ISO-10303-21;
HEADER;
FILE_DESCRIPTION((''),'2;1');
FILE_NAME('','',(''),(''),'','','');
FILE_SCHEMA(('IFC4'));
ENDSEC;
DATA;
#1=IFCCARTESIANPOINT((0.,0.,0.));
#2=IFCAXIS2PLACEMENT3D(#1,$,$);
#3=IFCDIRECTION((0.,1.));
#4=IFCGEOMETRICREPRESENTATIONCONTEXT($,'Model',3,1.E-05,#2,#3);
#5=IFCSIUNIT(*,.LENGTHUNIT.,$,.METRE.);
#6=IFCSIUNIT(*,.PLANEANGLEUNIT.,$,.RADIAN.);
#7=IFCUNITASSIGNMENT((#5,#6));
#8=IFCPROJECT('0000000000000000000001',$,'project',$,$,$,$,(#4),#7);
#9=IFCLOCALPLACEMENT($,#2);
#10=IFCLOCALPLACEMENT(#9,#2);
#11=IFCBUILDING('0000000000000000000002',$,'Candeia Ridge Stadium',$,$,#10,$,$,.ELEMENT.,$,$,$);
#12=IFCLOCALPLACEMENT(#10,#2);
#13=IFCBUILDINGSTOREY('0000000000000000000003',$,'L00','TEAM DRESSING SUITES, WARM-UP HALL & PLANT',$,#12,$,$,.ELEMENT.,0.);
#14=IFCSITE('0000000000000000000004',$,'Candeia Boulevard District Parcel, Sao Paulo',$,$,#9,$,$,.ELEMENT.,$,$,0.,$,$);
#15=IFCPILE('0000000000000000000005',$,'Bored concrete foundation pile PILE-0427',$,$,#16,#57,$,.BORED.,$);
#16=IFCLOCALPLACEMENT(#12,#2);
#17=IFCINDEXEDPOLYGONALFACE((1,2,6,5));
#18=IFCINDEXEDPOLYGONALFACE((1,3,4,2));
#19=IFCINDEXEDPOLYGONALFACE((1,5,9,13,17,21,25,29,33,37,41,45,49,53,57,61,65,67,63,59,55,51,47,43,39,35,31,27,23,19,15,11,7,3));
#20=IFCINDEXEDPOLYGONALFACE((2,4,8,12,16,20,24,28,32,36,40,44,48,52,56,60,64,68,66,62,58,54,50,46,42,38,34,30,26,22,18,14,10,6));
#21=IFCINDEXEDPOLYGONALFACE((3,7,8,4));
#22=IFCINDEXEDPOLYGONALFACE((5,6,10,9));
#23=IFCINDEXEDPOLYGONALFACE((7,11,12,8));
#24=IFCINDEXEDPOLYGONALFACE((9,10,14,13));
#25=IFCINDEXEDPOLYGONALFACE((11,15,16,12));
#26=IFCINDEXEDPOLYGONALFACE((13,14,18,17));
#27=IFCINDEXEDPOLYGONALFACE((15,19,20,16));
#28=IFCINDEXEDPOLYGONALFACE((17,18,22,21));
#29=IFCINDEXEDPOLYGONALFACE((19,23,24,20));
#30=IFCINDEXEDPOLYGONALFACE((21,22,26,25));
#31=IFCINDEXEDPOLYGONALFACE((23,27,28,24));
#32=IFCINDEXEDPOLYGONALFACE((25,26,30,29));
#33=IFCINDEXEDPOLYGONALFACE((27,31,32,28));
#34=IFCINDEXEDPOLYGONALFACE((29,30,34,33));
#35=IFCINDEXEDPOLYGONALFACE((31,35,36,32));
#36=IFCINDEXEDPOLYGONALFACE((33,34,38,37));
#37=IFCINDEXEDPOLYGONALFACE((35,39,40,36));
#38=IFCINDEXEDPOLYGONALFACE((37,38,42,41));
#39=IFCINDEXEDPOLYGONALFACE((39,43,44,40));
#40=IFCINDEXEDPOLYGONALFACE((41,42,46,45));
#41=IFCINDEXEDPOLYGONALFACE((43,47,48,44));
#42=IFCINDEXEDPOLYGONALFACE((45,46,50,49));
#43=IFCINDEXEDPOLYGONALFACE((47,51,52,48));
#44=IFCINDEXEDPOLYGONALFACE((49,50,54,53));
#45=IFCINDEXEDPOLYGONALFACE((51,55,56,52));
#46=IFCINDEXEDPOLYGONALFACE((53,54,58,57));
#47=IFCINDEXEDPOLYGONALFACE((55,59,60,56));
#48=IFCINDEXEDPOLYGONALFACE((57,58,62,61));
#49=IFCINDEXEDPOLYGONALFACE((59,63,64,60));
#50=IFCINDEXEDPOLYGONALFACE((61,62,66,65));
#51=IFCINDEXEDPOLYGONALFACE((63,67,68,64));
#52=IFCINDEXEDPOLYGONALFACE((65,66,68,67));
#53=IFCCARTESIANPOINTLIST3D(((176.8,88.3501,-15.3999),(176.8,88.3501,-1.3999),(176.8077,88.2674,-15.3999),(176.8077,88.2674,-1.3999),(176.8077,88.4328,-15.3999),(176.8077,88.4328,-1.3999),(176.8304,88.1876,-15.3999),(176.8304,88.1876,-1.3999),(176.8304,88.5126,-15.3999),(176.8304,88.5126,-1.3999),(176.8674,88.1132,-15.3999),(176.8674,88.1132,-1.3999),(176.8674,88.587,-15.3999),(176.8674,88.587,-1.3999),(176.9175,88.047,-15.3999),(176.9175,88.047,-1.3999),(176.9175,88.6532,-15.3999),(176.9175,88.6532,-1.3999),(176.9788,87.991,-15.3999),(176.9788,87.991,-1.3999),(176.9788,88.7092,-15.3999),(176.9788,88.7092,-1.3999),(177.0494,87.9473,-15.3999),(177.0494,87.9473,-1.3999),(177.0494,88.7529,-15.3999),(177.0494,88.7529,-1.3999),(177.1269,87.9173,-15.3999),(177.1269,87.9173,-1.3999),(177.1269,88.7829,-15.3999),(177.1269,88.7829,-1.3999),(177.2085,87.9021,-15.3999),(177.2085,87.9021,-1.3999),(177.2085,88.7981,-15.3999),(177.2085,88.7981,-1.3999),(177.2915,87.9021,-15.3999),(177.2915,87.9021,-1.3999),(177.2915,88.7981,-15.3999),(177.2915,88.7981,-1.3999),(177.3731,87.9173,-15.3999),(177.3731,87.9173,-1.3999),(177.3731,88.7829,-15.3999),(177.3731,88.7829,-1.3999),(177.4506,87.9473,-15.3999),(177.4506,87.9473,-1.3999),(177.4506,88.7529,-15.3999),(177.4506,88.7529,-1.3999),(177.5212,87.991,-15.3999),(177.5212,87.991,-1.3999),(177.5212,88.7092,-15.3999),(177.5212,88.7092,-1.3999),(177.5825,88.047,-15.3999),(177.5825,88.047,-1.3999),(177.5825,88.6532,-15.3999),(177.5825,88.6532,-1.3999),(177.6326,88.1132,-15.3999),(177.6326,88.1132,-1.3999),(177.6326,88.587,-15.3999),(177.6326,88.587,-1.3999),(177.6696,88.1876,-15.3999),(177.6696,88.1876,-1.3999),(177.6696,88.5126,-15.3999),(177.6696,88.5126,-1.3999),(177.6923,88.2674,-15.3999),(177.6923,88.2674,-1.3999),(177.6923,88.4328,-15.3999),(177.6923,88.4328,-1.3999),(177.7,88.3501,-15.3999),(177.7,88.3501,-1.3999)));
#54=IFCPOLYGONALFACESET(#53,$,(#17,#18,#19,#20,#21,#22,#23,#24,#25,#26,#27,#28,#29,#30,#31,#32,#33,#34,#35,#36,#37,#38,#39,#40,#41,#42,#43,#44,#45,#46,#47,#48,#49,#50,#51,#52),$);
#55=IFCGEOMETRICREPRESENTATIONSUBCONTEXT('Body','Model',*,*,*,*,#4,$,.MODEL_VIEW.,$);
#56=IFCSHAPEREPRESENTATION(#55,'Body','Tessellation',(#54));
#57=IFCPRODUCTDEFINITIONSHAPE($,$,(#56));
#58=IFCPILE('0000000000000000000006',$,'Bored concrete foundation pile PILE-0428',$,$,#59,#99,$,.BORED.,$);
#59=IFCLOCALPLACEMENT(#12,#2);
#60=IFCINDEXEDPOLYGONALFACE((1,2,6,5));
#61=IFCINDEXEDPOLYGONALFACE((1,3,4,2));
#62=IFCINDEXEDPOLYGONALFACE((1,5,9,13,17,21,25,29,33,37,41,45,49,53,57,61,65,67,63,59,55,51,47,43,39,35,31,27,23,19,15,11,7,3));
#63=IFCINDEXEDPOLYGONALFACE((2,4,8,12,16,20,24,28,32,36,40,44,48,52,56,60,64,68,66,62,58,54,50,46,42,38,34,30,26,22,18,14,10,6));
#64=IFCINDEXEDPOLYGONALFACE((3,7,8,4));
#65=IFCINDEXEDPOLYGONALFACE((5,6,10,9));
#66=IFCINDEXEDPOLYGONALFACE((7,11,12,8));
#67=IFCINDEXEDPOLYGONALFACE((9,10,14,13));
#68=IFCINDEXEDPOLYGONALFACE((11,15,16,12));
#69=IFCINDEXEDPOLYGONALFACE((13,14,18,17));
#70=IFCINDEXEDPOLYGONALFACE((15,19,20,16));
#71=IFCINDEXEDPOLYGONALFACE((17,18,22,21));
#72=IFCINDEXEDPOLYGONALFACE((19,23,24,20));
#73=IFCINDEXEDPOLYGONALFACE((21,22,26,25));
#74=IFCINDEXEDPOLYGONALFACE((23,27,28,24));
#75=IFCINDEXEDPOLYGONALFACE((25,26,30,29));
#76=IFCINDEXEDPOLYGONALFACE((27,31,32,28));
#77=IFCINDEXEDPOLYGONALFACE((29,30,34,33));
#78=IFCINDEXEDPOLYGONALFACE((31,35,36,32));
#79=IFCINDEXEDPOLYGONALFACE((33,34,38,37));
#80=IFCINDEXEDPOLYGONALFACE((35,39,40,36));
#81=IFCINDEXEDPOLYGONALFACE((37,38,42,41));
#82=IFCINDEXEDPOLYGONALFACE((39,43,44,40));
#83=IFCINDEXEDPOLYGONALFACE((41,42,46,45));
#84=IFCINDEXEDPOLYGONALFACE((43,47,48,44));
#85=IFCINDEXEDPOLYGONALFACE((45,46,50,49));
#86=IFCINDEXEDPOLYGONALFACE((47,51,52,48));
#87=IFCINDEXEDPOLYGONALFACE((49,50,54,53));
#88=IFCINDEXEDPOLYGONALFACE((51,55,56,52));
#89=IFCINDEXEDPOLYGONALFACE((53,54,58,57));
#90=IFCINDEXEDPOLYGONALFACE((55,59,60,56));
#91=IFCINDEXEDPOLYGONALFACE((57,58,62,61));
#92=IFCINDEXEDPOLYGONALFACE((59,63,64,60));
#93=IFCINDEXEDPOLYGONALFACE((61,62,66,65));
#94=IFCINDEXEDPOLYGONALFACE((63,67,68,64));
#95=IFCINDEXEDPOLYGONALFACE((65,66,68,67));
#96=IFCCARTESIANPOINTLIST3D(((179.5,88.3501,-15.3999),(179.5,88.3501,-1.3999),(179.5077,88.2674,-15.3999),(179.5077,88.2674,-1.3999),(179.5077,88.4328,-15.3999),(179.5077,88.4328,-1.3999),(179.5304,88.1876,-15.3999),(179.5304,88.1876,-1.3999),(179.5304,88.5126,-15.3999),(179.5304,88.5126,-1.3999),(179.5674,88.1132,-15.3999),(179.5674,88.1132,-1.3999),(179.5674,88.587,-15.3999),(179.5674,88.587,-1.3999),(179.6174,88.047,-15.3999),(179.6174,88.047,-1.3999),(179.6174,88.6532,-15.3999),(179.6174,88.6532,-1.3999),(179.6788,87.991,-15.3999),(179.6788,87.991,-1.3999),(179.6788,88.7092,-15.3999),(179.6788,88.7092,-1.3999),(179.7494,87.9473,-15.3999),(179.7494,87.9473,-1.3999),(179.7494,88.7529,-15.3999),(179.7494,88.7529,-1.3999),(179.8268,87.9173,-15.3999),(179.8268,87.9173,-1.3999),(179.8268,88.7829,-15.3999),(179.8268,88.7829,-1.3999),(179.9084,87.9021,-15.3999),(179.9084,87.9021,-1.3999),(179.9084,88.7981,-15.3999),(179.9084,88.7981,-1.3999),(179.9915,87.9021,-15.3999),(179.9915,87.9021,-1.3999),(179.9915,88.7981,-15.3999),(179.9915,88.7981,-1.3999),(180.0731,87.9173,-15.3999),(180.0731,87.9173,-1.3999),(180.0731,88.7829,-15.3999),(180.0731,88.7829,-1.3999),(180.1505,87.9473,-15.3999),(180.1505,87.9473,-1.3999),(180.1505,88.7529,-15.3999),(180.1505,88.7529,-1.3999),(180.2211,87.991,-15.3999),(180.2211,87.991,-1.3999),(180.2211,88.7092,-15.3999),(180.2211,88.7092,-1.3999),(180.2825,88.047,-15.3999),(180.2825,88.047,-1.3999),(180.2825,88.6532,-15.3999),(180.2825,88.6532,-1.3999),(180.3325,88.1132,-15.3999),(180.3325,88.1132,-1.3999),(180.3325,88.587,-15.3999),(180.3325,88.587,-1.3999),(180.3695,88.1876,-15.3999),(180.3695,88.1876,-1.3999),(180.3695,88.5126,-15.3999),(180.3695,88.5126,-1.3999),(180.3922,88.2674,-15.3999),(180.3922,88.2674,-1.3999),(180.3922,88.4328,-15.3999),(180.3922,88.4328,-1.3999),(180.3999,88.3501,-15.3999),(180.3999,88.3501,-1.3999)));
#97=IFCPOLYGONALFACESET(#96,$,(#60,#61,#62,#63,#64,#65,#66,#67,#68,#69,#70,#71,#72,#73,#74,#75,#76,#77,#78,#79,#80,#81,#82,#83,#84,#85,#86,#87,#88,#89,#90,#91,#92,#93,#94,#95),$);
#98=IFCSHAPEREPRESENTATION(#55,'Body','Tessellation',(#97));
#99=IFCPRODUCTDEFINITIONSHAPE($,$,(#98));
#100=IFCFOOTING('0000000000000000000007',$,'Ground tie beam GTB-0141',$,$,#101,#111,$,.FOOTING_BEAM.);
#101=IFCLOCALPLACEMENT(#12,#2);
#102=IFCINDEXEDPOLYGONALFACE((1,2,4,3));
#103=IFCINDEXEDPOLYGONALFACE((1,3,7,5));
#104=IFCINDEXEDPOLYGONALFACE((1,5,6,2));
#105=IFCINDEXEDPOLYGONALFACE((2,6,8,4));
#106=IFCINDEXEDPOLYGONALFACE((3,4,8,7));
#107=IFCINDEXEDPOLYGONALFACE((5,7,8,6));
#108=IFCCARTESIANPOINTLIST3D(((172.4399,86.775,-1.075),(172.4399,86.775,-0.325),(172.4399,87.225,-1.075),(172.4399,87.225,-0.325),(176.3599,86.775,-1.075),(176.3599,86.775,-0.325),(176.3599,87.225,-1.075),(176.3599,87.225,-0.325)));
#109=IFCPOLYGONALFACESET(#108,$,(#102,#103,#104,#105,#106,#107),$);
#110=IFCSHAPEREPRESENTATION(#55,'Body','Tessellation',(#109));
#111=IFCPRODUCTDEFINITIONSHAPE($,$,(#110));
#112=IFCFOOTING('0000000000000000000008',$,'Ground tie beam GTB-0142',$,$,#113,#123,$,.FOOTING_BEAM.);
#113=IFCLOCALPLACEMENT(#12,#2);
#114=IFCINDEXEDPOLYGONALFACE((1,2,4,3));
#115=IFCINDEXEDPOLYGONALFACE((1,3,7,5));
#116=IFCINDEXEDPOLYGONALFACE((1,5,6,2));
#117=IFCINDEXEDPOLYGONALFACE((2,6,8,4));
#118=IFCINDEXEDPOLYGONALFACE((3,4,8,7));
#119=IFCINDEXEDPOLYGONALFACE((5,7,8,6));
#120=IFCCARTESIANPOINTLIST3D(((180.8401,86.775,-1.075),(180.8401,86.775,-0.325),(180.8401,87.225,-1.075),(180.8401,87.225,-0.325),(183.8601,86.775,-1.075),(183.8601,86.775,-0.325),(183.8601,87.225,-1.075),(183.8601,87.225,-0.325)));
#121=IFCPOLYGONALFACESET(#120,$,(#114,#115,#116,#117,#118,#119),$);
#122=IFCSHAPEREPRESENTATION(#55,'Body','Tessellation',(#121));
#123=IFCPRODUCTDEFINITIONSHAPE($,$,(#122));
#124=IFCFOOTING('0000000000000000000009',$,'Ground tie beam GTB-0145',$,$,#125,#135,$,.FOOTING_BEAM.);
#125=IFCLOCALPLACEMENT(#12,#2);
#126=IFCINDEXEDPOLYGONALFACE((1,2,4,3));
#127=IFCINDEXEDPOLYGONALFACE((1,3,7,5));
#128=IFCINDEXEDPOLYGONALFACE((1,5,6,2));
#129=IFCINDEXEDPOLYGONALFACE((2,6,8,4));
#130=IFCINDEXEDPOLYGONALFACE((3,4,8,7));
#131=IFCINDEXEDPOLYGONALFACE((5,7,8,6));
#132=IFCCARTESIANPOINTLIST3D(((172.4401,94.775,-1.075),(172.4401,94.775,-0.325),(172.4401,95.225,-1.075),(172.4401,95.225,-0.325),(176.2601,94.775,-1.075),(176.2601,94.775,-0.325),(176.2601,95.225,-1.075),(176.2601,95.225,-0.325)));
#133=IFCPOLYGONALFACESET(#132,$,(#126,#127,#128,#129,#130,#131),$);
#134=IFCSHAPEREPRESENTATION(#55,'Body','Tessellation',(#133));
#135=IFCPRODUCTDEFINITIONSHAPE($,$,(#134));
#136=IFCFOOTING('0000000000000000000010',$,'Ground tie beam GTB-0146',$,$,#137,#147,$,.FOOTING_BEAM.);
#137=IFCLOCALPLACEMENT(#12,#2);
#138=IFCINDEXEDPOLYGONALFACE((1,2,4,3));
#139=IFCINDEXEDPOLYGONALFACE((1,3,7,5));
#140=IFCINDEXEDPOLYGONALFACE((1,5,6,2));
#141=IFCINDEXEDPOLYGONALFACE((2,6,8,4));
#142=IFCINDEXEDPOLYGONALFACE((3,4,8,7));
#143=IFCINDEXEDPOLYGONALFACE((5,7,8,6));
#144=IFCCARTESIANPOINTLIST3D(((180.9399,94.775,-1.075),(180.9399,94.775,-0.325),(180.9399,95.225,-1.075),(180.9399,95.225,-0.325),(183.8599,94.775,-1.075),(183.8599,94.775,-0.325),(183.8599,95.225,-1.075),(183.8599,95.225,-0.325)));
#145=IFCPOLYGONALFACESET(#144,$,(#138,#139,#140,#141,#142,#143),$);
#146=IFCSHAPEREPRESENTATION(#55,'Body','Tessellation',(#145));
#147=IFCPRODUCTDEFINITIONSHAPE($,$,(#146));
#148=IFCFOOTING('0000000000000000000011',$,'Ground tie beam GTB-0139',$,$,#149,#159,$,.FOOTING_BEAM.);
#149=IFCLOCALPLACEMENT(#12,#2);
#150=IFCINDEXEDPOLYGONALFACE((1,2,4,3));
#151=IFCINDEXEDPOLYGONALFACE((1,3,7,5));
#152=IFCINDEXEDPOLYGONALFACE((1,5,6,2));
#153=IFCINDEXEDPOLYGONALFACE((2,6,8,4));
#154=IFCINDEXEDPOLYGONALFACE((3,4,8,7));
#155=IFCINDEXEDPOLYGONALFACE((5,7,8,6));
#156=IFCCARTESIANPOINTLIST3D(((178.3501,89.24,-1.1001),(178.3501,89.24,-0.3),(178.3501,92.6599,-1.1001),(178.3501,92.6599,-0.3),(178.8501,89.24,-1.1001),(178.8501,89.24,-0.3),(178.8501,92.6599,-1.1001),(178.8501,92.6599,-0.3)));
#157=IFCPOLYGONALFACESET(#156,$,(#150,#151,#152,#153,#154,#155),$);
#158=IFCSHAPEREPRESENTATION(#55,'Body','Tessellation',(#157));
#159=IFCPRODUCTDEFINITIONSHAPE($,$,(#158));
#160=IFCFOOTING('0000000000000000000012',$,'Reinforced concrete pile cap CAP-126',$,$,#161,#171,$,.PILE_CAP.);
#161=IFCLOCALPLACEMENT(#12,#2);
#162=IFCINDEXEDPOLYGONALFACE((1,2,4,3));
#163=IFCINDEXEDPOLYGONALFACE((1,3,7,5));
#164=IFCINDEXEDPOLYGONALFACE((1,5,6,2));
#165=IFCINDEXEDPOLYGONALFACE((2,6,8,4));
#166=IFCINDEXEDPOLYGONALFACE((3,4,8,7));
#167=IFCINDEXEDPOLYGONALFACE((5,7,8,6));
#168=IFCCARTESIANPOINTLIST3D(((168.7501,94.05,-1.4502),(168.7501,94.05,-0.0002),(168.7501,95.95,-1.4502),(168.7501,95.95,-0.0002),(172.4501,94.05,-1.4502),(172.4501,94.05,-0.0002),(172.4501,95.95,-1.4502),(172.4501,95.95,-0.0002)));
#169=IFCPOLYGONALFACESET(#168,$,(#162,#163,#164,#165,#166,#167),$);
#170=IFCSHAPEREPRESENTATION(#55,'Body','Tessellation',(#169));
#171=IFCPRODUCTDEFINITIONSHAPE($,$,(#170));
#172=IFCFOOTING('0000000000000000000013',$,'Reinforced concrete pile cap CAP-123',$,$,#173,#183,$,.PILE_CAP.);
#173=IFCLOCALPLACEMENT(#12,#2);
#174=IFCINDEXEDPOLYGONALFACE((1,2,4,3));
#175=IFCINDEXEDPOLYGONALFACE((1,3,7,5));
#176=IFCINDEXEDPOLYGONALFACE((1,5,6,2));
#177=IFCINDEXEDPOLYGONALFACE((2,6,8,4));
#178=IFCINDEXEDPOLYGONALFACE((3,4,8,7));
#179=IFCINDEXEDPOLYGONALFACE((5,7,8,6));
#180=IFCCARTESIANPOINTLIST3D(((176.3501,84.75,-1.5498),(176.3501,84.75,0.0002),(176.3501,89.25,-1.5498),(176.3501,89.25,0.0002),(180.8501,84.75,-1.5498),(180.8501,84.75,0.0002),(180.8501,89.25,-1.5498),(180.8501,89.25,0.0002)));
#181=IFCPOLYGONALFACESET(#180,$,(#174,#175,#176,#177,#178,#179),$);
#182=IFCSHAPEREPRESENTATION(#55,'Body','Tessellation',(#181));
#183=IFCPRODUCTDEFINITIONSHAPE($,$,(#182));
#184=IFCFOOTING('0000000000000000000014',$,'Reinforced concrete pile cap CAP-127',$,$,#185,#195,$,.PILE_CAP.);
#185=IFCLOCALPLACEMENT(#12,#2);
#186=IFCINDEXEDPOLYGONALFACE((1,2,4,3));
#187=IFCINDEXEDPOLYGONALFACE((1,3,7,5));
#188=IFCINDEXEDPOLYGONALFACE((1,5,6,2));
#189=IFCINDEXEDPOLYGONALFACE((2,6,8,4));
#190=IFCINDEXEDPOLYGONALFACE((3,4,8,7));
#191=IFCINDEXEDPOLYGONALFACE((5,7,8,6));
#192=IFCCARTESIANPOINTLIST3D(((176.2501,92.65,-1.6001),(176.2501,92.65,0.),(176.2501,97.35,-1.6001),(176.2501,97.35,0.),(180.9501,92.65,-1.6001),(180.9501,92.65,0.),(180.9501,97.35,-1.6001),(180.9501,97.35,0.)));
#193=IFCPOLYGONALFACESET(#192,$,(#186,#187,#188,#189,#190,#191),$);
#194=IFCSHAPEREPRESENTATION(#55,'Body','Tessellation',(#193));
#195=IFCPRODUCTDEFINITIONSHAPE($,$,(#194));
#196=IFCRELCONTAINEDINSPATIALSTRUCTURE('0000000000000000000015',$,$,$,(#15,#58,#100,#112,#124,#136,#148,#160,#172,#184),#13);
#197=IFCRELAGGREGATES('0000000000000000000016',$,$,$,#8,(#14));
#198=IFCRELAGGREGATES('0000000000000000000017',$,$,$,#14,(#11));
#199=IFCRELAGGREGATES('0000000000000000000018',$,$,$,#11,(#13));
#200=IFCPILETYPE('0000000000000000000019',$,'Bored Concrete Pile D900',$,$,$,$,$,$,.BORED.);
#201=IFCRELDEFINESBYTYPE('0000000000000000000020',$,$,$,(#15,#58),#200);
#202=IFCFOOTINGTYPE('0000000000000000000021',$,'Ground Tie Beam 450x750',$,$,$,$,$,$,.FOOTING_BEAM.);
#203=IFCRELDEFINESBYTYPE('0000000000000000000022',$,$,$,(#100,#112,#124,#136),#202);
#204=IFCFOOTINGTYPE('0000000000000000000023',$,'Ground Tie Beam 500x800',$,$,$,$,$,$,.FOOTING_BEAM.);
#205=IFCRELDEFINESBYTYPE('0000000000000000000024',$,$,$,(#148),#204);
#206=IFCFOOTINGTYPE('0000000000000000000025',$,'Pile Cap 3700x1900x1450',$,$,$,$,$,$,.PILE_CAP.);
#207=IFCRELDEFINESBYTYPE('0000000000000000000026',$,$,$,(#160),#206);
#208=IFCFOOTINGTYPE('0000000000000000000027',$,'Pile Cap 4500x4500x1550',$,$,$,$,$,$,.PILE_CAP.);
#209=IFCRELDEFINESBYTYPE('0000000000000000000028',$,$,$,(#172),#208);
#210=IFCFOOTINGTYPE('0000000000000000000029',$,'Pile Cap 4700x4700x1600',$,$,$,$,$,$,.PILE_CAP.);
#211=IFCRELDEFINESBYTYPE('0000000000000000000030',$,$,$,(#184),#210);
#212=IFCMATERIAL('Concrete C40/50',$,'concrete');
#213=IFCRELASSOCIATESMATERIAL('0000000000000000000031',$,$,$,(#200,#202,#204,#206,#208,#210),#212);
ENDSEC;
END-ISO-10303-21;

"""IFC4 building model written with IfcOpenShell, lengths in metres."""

from ifc_helpers import new_model, si_unit, direction, frame, origin, origin_2d, place, context, subcontext, project, spatial, rectangle, circle, extrude, material, material_profile, profile_set, type_object, element, save


model = new_model("IFC4")

# Units and contexts
model_context = context("Model", 3, precision=1e-05, world=origin(), true_north=direction((0.0, 1.0)))
body_context = subcontext(model_context, "Body", "Model", "MODEL_VIEW")
ifc_project = project(units=[si_unit("LENGTHUNIT", "METRE"), si_unit("PLANEANGLEUNIT", "RADIAN")], contexts=[model_context])

# Site, building, storey
site_placement = place(None, origin())
site = spatial("IfcSite", under=ifc_project, at=site_placement, Name="Candeia Boulevard District Parcel, Sao Paulo", CompositionType="ELEMENT", RefElevation=0.0)
building_placement = place(site_placement, origin())
building = spatial("IfcBuilding", under=site, at=building_placement, Name="Candeia Ridge Stadium", CompositionType="ELEMENT")
storey_placement = place(building_placement, origin())
storey = spatial("IfcBuildingStorey", under=building, at=storey_placement, Name="L00", Description="TEAM DRESSING SUITES, WARM-UP HALL & PLANT", CompositionType="ELEMENT", Elevation=0.0)

# Piles
ifc_material_1 = material(Name="Concrete C40/50", Category="concrete")
ifc_material_profile_1 = material_profile(ifc_material_1, circle(Radius=0.45, at=origin_2d()), Name="PILE-D900", Category="concrete")
ifc_profile_set_1 = profile_set([ifc_material_profile_1], Name="Concrete C40/50")
pile_type_1 = type_object("IfcPileType", Name="Bored Concrete Pile D900", PredefinedType="BORED", material=ifc_profile_set_1)
for number, where, z_axis, x_axis, name in (
    (1, (177.25, 88.3501, -1.3999), (0.0, 0.0, -1.0), (1.0, 0.0, 0.0), "Bored concrete foundation pile PILE-0427"),
    (2, (179.95, 88.3501, -1.3999), (0.0, 0.0, -1.0), (1.0, 0.0, 0.0), "Bored concrete foundation pile PILE-0428"),
):
    element("IfcPile", number, at=place(storey_placement, frame(where, z_axis=z_axis, x_axis=x_axis)), inside=storey, type_object=pile_type_1, Name=name, PredefinedType="BORED", context=body_context, shape_type="SweptSolid", body=[
        extrude(circle(Radius=0.45, at=origin_2d()), origin(), (0.0, 0.0, 1.0), 14.0),
    ])

# Footings
footing_type_1 = type_object("IfcFootingType", Name="Ground Tie Beam 450x750", PredefinedType="FOOTING_BEAM", material=ifc_material_1)
footing_1_placement = place(storey_placement, frame((174.3999, 87.0, -1.075), z_axis=(0.0, 0.0, 1.0), x_axis=(1.0, 0.0, 0.0)))
element("IfcFooting", 3, at=footing_1_placement, inside=storey, type_object=footing_type_1, Name="Ground tie beam GTB-0141", PredefinedType="FOOTING_BEAM", context=body_context, shape_type="SweptSolid", body=[
    extrude(rectangle(XDim=3.9199, YDim=0.45, at=origin_2d()), origin(), (0.0, 0.0, 1.0), 0.75),
])
footing_2_placement = place(storey_placement, frame((182.3501, 87.0, -1.075), z_axis=(0.0, 0.0, 1.0), x_axis=(1.0, 0.0, 0.0)))
element("IfcFooting", 4, at=footing_2_placement, inside=storey, type_object=footing_type_1, Name="Ground tie beam GTB-0142", PredefinedType="FOOTING_BEAM", context=body_context, shape_type="SweptSolid", body=[
    extrude(rectangle(XDim=3.02, YDim=0.45, at=origin_2d()), origin(), (0.0, 0.0, 1.0), 0.75),
])
footing_3_placement = place(storey_placement, frame((174.3501, 95.0, -1.075), z_axis=(0.0, 0.0, 1.0), x_axis=(1.0, 0.0, 0.0)))
element("IfcFooting", 5, at=footing_3_placement, inside=storey, type_object=footing_type_1, Name="Ground tie beam GTB-0145", PredefinedType="FOOTING_BEAM", context=body_context, shape_type="SweptSolid", body=[
    extrude(rectangle(XDim=3.8201, YDim=0.45, at=origin_2d()), origin(), (0.0, 0.0, 1.0), 0.75),
])
footing_4_placement = place(storey_placement, frame((182.3999, 95.0, -1.075), z_axis=(0.0, 0.0, 1.0), x_axis=(1.0, 0.0, 0.0)))
element("IfcFooting", 6, at=footing_4_placement, inside=storey, type_object=footing_type_1, Name="Ground tie beam GTB-0146", PredefinedType="FOOTING_BEAM", context=body_context, shape_type="SweptSolid", body=[
    extrude(rectangle(XDim=2.9199, YDim=0.45, at=origin_2d()), origin(), (0.0, 0.0, 1.0), 0.75),
])
footing_type_2 = type_object("IfcFootingType", Name="Ground Tie Beam 500x800", PredefinedType="FOOTING_BEAM", material=ifc_material_1)
footing_5_placement = place(storey_placement, frame((178.6001, 90.95, -1.1001), z_axis=(0.0, 0.0, 1.0), x_axis=(0.0, 1.0, 0.0)))
element("IfcFooting", 7, at=footing_5_placement, inside=storey, type_object=footing_type_2, Name="Ground tie beam GTB-0139", PredefinedType="FOOTING_BEAM", context=body_context, shape_type="SweptSolid", body=[
    extrude(rectangle(XDim=3.4199, YDim=0.5, at=origin_2d()), origin(), (0.0, 0.0, 1.0), 0.8),
])
footing_type_3 = type_object("IfcFootingType", Name="Pile Cap 3700x1900x1450", PredefinedType="PILE_CAP", material=ifc_material_1)
footing_6_placement = place(storey_placement, frame((170.6001, 95.0, -1.4502), z_axis=(0.0, 0.0, 1.0), x_axis=(1.0, 0.0, 0.0)))
element("IfcFooting", 8, at=footing_6_placement, inside=storey, type_object=footing_type_3, Name="Reinforced concrete pile cap CAP-126", PredefinedType="PILE_CAP", context=body_context, shape_type="SweptSolid", body=[
    extrude(rectangle(XDim=3.7, YDim=1.8999, at=origin_2d()), origin(), (0.0, 0.0, 1.0), 1.45),
])
footing_type_4 = type_object("IfcFootingType", Name="Pile Cap 4500x4500x1550", PredefinedType="PILE_CAP", material=ifc_material_1)
footing_7_placement = place(storey_placement, frame((178.6001, 87.0, -1.5498), z_axis=(0.0, 0.0, 1.0), x_axis=(1.0, 0.0, 0.0)))
element("IfcFooting", 9, at=footing_7_placement, inside=storey, type_object=footing_type_4, Name="Reinforced concrete pile cap CAP-123", PredefinedType="PILE_CAP", context=body_context, shape_type="SweptSolid", body=[
    extrude(rectangle(XDim=4.5, YDim=4.5, at=origin_2d()), origin(), (0.0, 0.0, 1.0), 1.55),
])
footing_type_5 = type_object("IfcFootingType", Name="Pile Cap 4700x4700x1600", PredefinedType="PILE_CAP", material=ifc_material_1)
footing_8_placement = place(storey_placement, frame((178.6001, 95.0, -1.6001), z_axis=(0.0, 0.0, 1.0), x_axis=(1.0, 0.0, 0.0)))
element("IfcFooting", 10, at=footing_8_placement, inside=storey, type_object=footing_type_5, Name="Reinforced concrete pile cap CAP-127", PredefinedType="PILE_CAP", context=body_context, shape_type="SweptSolid", body=[
    extrude(rectangle(XDim=4.7, YDim=4.7, at=origin_2d()), origin(), (0.0, 0.0, 1.0), 1.6001),
])

save(model, "model.ifc")
